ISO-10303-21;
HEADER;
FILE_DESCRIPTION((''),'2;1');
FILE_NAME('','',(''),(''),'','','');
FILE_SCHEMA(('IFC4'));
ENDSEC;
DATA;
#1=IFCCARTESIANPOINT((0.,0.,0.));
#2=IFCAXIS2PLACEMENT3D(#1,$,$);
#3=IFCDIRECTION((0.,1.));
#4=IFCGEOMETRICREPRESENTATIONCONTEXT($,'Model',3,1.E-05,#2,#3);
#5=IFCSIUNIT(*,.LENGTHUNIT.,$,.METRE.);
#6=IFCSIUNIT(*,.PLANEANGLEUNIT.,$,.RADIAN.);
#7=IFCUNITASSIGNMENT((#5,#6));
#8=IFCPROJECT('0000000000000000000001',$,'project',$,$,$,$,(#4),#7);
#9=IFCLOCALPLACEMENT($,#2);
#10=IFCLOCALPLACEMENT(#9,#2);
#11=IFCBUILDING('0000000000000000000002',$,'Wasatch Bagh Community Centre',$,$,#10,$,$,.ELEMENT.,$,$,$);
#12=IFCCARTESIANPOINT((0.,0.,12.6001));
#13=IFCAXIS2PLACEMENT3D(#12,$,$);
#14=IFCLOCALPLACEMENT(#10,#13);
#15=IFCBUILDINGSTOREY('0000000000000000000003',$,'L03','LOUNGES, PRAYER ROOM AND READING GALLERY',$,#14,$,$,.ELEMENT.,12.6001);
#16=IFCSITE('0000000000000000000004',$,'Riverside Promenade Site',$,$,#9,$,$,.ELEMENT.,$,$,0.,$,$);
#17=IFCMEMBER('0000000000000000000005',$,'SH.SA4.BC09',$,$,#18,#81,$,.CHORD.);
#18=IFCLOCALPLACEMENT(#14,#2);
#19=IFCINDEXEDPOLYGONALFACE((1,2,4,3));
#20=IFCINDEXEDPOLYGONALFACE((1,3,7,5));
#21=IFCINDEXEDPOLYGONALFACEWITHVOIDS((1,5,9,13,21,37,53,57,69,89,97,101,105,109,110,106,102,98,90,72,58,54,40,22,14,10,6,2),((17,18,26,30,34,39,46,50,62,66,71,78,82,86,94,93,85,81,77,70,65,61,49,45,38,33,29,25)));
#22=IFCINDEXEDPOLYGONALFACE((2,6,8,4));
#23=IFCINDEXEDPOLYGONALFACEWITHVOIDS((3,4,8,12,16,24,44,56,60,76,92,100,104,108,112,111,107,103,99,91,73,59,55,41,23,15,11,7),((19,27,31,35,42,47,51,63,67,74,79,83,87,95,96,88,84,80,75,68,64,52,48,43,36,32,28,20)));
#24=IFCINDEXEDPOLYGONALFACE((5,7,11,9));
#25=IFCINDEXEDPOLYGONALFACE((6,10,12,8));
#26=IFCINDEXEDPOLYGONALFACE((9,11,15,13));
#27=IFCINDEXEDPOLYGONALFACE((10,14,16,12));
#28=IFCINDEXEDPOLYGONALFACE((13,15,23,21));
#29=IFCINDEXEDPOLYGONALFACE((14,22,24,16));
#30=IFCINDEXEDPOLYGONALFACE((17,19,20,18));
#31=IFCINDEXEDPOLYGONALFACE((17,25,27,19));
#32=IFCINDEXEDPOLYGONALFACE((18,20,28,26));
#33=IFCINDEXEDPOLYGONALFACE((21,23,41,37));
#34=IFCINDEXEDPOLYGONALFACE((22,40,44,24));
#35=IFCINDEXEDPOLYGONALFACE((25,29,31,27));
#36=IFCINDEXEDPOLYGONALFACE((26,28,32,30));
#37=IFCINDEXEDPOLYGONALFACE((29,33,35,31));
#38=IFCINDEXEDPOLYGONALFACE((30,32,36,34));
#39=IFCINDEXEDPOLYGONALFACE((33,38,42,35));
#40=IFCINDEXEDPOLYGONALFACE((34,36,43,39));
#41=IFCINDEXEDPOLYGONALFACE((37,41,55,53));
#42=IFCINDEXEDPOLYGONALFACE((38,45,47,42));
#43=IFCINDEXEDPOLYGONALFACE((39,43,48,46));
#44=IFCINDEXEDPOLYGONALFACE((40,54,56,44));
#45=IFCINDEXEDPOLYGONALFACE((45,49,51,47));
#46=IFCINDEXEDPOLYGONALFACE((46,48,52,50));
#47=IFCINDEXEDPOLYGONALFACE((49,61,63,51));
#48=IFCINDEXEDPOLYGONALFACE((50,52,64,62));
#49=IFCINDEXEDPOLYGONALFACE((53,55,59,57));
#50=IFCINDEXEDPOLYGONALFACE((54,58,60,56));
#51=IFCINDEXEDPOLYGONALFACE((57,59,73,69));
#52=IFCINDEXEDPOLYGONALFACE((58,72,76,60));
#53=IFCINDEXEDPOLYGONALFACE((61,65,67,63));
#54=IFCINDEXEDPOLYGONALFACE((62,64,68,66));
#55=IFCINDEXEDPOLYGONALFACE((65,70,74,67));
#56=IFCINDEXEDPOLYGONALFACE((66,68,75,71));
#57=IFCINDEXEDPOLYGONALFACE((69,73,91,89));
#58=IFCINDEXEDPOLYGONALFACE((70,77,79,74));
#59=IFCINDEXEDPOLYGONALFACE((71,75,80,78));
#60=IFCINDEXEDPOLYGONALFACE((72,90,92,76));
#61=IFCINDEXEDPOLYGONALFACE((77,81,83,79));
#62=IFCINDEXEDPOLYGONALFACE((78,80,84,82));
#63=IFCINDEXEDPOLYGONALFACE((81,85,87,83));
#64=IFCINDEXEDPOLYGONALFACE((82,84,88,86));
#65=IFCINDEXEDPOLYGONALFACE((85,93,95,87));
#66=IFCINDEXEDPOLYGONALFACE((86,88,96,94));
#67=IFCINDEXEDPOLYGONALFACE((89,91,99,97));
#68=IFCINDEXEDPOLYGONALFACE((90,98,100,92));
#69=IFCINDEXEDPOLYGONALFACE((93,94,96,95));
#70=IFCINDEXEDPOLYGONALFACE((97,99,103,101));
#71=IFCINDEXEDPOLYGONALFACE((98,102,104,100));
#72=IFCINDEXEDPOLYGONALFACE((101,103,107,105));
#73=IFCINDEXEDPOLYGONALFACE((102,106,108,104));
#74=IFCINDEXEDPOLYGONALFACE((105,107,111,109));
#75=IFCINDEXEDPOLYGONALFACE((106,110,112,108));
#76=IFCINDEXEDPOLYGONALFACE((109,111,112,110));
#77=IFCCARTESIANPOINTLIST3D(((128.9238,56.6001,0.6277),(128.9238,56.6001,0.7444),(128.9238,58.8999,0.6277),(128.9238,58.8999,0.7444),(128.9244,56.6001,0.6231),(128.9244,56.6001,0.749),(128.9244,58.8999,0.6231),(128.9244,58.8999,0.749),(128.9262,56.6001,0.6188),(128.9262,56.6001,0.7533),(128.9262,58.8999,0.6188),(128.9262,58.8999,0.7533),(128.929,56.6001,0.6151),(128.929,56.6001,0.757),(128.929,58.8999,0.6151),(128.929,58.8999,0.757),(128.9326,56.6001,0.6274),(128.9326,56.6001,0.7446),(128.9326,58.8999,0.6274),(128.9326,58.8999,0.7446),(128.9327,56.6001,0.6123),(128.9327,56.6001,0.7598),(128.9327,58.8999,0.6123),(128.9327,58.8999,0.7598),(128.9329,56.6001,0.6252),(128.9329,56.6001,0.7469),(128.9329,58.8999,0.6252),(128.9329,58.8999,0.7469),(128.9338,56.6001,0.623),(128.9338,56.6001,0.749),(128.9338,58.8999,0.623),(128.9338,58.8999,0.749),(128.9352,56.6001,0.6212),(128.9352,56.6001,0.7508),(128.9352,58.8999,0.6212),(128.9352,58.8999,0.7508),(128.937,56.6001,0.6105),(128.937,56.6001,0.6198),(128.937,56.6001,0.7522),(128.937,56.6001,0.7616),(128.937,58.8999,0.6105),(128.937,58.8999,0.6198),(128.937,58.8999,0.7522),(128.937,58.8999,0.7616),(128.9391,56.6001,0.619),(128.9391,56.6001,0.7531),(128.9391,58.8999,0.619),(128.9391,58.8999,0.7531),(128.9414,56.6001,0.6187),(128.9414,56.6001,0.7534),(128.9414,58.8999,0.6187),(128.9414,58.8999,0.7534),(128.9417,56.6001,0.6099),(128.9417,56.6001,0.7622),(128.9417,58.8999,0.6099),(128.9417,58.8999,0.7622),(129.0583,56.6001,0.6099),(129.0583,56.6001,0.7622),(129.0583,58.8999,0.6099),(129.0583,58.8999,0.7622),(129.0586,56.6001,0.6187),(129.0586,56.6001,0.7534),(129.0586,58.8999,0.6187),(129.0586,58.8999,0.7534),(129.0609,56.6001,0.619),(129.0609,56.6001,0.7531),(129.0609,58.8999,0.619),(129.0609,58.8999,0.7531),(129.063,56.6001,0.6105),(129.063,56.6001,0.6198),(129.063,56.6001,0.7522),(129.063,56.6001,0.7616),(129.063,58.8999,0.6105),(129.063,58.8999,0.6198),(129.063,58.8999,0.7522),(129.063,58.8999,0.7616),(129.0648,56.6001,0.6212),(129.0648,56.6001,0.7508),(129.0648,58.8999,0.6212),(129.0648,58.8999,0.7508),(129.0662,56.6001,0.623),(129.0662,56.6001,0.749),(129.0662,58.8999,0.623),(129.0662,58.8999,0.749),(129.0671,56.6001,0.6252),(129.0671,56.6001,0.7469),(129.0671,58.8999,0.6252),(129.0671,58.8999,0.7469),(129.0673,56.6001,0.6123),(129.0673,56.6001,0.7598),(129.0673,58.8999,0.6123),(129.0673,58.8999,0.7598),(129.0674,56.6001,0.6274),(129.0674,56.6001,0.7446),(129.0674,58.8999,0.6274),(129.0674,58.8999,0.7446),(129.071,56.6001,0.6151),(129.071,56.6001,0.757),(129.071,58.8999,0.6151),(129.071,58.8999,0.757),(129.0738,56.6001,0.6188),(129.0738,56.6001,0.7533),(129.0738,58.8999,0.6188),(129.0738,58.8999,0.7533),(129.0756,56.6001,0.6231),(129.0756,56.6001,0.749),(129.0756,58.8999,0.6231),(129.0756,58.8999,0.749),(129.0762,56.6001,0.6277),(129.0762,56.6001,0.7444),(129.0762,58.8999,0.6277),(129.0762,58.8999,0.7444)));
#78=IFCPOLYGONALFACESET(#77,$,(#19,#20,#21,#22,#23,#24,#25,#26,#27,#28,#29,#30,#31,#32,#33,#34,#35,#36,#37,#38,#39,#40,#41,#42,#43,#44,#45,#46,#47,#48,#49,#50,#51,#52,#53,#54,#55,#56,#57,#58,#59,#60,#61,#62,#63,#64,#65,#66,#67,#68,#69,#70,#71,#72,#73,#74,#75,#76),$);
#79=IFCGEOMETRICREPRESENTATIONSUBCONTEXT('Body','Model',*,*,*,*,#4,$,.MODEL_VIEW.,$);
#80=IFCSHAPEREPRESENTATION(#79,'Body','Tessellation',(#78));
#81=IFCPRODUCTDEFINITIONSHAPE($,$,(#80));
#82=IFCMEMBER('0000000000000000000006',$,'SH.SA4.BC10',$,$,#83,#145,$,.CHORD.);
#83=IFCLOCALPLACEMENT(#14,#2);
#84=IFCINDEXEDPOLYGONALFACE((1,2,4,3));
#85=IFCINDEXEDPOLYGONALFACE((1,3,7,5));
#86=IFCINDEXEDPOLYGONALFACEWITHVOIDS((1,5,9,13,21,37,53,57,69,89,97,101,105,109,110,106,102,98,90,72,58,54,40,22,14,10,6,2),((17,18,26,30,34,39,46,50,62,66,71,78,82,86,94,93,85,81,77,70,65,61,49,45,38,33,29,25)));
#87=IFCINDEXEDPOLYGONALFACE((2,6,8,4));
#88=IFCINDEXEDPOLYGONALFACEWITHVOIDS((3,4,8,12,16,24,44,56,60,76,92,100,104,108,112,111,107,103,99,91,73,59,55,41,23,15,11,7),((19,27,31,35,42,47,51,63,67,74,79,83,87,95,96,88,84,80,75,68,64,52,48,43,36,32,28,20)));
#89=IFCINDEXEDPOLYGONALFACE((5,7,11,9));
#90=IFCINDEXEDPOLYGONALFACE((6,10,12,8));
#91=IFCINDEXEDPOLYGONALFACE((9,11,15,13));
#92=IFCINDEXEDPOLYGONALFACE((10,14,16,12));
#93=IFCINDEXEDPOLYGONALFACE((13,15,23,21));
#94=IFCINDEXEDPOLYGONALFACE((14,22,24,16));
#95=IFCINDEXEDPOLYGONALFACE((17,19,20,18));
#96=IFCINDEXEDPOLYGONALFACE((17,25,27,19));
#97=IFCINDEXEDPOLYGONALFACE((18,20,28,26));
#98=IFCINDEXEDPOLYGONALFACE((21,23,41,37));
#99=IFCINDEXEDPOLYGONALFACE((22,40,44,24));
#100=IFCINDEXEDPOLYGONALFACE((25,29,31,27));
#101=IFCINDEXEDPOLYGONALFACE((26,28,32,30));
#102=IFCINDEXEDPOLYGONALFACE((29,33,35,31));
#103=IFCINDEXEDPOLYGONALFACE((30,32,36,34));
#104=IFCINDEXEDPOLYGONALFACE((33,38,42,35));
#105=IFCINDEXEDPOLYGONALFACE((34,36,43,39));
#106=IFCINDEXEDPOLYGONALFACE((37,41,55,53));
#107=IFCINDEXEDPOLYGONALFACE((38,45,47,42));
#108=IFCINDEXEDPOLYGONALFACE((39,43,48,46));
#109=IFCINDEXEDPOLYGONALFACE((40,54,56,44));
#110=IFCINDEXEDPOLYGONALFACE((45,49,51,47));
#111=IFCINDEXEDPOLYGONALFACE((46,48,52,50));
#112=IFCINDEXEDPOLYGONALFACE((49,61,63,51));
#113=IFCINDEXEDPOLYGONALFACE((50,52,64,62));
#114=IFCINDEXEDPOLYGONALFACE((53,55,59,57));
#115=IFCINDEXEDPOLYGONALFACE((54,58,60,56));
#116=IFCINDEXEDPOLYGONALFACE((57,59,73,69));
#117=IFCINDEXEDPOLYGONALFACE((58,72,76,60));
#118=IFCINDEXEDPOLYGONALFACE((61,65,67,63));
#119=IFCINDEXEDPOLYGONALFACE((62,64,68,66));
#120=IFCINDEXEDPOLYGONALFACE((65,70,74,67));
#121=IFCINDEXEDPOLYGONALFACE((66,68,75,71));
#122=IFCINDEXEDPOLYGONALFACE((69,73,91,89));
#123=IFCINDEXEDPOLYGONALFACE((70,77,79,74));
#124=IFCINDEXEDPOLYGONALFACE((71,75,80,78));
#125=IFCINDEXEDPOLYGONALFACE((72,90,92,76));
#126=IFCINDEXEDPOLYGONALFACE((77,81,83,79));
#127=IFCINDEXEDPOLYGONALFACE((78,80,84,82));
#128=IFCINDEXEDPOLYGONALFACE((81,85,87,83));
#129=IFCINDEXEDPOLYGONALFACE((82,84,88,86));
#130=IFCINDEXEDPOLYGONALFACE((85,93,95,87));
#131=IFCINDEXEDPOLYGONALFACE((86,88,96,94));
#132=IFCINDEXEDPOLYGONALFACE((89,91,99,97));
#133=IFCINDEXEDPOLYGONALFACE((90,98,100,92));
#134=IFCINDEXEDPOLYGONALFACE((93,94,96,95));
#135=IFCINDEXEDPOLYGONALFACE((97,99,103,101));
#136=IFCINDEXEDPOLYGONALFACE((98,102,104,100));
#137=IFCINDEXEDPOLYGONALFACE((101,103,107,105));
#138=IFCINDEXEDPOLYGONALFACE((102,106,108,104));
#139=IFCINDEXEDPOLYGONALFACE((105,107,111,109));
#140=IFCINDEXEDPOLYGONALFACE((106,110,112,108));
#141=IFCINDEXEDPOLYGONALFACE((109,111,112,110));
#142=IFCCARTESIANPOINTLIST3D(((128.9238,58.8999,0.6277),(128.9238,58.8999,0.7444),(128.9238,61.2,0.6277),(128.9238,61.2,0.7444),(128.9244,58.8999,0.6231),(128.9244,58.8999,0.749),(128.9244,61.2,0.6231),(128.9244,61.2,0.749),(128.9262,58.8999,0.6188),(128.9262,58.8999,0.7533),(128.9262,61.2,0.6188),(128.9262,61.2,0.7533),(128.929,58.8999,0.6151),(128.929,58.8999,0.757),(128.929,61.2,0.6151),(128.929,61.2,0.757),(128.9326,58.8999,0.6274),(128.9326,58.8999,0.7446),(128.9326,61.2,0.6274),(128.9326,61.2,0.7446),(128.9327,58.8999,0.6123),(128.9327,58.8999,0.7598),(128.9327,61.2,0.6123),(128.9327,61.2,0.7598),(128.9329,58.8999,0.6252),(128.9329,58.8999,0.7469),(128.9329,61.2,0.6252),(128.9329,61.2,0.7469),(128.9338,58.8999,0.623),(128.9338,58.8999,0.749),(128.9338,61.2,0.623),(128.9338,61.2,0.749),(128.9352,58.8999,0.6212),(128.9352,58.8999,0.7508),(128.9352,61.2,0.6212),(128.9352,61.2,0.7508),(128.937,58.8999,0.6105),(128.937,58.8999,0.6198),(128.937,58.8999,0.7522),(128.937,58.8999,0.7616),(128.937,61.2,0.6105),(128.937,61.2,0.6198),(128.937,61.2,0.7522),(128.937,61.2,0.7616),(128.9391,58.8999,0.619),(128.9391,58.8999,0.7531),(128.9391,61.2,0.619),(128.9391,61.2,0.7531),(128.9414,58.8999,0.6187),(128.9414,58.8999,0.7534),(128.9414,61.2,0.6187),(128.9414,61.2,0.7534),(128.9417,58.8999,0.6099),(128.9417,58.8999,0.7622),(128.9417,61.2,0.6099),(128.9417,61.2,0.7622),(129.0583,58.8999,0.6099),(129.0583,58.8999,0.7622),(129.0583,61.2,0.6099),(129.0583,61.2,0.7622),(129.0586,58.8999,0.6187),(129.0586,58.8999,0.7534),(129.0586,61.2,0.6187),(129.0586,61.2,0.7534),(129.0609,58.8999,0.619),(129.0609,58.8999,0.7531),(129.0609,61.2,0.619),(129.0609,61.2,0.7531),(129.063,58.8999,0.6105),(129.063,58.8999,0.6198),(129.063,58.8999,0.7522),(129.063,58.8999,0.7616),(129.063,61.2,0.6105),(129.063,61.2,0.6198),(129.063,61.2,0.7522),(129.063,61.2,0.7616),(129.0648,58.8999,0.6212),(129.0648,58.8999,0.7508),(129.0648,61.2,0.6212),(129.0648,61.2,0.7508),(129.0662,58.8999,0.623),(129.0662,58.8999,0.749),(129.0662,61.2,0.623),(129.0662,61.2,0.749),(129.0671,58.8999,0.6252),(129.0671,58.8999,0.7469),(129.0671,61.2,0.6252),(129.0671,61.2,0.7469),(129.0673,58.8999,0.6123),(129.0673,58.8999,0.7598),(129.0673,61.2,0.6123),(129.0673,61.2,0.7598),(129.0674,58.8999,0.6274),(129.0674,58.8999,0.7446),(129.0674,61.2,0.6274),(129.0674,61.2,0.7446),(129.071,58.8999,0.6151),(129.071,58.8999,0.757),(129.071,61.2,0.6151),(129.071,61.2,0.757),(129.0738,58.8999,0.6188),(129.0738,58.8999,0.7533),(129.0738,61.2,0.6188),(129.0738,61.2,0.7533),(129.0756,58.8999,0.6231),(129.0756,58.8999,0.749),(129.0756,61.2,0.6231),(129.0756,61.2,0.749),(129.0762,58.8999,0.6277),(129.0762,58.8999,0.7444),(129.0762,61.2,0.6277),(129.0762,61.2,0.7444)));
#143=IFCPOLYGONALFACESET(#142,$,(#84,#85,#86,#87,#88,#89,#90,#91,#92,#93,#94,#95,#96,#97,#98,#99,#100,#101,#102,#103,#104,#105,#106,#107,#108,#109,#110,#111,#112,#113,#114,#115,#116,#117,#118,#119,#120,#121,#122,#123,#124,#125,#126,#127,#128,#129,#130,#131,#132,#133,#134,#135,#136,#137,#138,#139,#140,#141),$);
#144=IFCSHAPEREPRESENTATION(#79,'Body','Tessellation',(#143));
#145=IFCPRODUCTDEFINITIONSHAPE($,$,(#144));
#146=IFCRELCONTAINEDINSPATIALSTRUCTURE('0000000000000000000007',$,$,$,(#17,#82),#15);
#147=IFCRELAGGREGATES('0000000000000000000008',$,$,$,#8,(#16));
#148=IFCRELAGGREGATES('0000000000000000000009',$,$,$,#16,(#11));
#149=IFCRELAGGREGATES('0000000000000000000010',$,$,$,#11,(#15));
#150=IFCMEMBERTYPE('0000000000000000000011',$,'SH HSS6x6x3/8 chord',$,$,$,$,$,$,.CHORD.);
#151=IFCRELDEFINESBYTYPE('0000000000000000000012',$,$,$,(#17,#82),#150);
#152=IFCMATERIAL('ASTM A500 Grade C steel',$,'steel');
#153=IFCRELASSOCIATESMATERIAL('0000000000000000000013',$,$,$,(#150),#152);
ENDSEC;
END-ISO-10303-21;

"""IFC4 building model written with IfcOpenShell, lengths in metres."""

from ifc_helpers import new_model, si_unit, direction, frame, origin, origin_2d, place, context, subcontext, project, spatial, hollow_rectangle, extrude, material, material_profile, profile_set, type_object, element, save


model = new_model("IFC4")

# Units and contexts
model_context = context("Model", 3, precision=1e-05, world=origin(), true_north=direction((0.0, 1.0)))
body_context = subcontext(model_context, "Body", "Model", "MODEL_VIEW")
ifc_project = project(units=[si_unit("LENGTHUNIT", "METRE"), si_unit("PLANEANGLEUNIT", "RADIAN")], contexts=[model_context])

# Site, building, storey
site_placement = place(None, origin())
site = spatial("IfcSite", under=ifc_project, at=site_placement, Name="Riverside Promenade Site", CompositionType="ELEMENT", RefElevation=0.0)
building_placement = place(site_placement, origin())
building = spatial("IfcBuilding", under=site, at=building_placement, Name="Wasatch Bagh Community Centre", CompositionType="ELEMENT")
storey_placement = place(building_placement, frame((0.0, 0.0, 12.6001)))
storey = spatial("IfcBuildingStorey", under=building, at=storey_placement, Name="L03", Description="LOUNGES, PRAYER ROOM AND READING GALLERY", CompositionType="ELEMENT", Elevation=12.6001)

# Members
ifc_material_1 = material(Name="ASTM A500 Grade C steel", Category="steel")
ifc_material_profile_1 = material_profile(ifc_material_1, hollow_rectangle(XDim=0.1523, YDim=0.1523, WallThickness=0.0088, InnerFilletRadius=0.0088, OuterFilletRadius=0.0178, at=origin_2d()), Name="HSS6x6x3/8")
ifc_profile_set_1 = profile_set([ifc_material_profile_1], Name="ASTM A500 Grade C steel")
member_type_1 = type_object("IfcMemberType", Name="SH HSS6x6x3/8 chord", PredefinedType="CHORD", material=ifc_profile_set_1)
member_1_placement = place(storey_placement, frame((129.0, 56.6001, 0.686), z_axis=(0.0, 1.0, 0.0), x_axis=(-1.0, 0.0, 0.0)))
element("IfcMember", 1, at=member_1_placement, inside=storey, type_object=member_type_1, Name="SH.SA4.BC09", PredefinedType="CHORD", context=body_context, shape_type="SweptSolid", body=[
    extrude(hollow_rectangle(XDim=0.1523, YDim=0.1523, WallThickness=0.0088, InnerFilletRadius=0.0088, OuterFilletRadius=0.0178, at=origin_2d()), origin(), (0.0, 0.0, 1.0), 2.2998),
])
for number, where, z_axis, x_axis, name in (
    (2, (129.0, 58.8999, 0.686), (0.0, 1.0, 0.0), (-1.0, 0.0, 0.0), "SH.SA4.BC10"),
):
    element("IfcMember", number, at=place(storey_placement, frame(where, z_axis=z_axis, x_axis=x_axis)), inside=storey, type_object=member_type_1, Name=name, PredefinedType="CHORD", context=body_context, shape_type="SweptSolid", body=[
        extrude(hollow_rectangle(XDim=0.1523, YDim=0.1523, WallThickness=0.0088, InnerFilletRadius=0.0088, OuterFilletRadius=0.0178, at=origin_2d()), origin(), (0.0, 0.0, 1.0), 2.3),
    ])

save(model, "model.ifc")
